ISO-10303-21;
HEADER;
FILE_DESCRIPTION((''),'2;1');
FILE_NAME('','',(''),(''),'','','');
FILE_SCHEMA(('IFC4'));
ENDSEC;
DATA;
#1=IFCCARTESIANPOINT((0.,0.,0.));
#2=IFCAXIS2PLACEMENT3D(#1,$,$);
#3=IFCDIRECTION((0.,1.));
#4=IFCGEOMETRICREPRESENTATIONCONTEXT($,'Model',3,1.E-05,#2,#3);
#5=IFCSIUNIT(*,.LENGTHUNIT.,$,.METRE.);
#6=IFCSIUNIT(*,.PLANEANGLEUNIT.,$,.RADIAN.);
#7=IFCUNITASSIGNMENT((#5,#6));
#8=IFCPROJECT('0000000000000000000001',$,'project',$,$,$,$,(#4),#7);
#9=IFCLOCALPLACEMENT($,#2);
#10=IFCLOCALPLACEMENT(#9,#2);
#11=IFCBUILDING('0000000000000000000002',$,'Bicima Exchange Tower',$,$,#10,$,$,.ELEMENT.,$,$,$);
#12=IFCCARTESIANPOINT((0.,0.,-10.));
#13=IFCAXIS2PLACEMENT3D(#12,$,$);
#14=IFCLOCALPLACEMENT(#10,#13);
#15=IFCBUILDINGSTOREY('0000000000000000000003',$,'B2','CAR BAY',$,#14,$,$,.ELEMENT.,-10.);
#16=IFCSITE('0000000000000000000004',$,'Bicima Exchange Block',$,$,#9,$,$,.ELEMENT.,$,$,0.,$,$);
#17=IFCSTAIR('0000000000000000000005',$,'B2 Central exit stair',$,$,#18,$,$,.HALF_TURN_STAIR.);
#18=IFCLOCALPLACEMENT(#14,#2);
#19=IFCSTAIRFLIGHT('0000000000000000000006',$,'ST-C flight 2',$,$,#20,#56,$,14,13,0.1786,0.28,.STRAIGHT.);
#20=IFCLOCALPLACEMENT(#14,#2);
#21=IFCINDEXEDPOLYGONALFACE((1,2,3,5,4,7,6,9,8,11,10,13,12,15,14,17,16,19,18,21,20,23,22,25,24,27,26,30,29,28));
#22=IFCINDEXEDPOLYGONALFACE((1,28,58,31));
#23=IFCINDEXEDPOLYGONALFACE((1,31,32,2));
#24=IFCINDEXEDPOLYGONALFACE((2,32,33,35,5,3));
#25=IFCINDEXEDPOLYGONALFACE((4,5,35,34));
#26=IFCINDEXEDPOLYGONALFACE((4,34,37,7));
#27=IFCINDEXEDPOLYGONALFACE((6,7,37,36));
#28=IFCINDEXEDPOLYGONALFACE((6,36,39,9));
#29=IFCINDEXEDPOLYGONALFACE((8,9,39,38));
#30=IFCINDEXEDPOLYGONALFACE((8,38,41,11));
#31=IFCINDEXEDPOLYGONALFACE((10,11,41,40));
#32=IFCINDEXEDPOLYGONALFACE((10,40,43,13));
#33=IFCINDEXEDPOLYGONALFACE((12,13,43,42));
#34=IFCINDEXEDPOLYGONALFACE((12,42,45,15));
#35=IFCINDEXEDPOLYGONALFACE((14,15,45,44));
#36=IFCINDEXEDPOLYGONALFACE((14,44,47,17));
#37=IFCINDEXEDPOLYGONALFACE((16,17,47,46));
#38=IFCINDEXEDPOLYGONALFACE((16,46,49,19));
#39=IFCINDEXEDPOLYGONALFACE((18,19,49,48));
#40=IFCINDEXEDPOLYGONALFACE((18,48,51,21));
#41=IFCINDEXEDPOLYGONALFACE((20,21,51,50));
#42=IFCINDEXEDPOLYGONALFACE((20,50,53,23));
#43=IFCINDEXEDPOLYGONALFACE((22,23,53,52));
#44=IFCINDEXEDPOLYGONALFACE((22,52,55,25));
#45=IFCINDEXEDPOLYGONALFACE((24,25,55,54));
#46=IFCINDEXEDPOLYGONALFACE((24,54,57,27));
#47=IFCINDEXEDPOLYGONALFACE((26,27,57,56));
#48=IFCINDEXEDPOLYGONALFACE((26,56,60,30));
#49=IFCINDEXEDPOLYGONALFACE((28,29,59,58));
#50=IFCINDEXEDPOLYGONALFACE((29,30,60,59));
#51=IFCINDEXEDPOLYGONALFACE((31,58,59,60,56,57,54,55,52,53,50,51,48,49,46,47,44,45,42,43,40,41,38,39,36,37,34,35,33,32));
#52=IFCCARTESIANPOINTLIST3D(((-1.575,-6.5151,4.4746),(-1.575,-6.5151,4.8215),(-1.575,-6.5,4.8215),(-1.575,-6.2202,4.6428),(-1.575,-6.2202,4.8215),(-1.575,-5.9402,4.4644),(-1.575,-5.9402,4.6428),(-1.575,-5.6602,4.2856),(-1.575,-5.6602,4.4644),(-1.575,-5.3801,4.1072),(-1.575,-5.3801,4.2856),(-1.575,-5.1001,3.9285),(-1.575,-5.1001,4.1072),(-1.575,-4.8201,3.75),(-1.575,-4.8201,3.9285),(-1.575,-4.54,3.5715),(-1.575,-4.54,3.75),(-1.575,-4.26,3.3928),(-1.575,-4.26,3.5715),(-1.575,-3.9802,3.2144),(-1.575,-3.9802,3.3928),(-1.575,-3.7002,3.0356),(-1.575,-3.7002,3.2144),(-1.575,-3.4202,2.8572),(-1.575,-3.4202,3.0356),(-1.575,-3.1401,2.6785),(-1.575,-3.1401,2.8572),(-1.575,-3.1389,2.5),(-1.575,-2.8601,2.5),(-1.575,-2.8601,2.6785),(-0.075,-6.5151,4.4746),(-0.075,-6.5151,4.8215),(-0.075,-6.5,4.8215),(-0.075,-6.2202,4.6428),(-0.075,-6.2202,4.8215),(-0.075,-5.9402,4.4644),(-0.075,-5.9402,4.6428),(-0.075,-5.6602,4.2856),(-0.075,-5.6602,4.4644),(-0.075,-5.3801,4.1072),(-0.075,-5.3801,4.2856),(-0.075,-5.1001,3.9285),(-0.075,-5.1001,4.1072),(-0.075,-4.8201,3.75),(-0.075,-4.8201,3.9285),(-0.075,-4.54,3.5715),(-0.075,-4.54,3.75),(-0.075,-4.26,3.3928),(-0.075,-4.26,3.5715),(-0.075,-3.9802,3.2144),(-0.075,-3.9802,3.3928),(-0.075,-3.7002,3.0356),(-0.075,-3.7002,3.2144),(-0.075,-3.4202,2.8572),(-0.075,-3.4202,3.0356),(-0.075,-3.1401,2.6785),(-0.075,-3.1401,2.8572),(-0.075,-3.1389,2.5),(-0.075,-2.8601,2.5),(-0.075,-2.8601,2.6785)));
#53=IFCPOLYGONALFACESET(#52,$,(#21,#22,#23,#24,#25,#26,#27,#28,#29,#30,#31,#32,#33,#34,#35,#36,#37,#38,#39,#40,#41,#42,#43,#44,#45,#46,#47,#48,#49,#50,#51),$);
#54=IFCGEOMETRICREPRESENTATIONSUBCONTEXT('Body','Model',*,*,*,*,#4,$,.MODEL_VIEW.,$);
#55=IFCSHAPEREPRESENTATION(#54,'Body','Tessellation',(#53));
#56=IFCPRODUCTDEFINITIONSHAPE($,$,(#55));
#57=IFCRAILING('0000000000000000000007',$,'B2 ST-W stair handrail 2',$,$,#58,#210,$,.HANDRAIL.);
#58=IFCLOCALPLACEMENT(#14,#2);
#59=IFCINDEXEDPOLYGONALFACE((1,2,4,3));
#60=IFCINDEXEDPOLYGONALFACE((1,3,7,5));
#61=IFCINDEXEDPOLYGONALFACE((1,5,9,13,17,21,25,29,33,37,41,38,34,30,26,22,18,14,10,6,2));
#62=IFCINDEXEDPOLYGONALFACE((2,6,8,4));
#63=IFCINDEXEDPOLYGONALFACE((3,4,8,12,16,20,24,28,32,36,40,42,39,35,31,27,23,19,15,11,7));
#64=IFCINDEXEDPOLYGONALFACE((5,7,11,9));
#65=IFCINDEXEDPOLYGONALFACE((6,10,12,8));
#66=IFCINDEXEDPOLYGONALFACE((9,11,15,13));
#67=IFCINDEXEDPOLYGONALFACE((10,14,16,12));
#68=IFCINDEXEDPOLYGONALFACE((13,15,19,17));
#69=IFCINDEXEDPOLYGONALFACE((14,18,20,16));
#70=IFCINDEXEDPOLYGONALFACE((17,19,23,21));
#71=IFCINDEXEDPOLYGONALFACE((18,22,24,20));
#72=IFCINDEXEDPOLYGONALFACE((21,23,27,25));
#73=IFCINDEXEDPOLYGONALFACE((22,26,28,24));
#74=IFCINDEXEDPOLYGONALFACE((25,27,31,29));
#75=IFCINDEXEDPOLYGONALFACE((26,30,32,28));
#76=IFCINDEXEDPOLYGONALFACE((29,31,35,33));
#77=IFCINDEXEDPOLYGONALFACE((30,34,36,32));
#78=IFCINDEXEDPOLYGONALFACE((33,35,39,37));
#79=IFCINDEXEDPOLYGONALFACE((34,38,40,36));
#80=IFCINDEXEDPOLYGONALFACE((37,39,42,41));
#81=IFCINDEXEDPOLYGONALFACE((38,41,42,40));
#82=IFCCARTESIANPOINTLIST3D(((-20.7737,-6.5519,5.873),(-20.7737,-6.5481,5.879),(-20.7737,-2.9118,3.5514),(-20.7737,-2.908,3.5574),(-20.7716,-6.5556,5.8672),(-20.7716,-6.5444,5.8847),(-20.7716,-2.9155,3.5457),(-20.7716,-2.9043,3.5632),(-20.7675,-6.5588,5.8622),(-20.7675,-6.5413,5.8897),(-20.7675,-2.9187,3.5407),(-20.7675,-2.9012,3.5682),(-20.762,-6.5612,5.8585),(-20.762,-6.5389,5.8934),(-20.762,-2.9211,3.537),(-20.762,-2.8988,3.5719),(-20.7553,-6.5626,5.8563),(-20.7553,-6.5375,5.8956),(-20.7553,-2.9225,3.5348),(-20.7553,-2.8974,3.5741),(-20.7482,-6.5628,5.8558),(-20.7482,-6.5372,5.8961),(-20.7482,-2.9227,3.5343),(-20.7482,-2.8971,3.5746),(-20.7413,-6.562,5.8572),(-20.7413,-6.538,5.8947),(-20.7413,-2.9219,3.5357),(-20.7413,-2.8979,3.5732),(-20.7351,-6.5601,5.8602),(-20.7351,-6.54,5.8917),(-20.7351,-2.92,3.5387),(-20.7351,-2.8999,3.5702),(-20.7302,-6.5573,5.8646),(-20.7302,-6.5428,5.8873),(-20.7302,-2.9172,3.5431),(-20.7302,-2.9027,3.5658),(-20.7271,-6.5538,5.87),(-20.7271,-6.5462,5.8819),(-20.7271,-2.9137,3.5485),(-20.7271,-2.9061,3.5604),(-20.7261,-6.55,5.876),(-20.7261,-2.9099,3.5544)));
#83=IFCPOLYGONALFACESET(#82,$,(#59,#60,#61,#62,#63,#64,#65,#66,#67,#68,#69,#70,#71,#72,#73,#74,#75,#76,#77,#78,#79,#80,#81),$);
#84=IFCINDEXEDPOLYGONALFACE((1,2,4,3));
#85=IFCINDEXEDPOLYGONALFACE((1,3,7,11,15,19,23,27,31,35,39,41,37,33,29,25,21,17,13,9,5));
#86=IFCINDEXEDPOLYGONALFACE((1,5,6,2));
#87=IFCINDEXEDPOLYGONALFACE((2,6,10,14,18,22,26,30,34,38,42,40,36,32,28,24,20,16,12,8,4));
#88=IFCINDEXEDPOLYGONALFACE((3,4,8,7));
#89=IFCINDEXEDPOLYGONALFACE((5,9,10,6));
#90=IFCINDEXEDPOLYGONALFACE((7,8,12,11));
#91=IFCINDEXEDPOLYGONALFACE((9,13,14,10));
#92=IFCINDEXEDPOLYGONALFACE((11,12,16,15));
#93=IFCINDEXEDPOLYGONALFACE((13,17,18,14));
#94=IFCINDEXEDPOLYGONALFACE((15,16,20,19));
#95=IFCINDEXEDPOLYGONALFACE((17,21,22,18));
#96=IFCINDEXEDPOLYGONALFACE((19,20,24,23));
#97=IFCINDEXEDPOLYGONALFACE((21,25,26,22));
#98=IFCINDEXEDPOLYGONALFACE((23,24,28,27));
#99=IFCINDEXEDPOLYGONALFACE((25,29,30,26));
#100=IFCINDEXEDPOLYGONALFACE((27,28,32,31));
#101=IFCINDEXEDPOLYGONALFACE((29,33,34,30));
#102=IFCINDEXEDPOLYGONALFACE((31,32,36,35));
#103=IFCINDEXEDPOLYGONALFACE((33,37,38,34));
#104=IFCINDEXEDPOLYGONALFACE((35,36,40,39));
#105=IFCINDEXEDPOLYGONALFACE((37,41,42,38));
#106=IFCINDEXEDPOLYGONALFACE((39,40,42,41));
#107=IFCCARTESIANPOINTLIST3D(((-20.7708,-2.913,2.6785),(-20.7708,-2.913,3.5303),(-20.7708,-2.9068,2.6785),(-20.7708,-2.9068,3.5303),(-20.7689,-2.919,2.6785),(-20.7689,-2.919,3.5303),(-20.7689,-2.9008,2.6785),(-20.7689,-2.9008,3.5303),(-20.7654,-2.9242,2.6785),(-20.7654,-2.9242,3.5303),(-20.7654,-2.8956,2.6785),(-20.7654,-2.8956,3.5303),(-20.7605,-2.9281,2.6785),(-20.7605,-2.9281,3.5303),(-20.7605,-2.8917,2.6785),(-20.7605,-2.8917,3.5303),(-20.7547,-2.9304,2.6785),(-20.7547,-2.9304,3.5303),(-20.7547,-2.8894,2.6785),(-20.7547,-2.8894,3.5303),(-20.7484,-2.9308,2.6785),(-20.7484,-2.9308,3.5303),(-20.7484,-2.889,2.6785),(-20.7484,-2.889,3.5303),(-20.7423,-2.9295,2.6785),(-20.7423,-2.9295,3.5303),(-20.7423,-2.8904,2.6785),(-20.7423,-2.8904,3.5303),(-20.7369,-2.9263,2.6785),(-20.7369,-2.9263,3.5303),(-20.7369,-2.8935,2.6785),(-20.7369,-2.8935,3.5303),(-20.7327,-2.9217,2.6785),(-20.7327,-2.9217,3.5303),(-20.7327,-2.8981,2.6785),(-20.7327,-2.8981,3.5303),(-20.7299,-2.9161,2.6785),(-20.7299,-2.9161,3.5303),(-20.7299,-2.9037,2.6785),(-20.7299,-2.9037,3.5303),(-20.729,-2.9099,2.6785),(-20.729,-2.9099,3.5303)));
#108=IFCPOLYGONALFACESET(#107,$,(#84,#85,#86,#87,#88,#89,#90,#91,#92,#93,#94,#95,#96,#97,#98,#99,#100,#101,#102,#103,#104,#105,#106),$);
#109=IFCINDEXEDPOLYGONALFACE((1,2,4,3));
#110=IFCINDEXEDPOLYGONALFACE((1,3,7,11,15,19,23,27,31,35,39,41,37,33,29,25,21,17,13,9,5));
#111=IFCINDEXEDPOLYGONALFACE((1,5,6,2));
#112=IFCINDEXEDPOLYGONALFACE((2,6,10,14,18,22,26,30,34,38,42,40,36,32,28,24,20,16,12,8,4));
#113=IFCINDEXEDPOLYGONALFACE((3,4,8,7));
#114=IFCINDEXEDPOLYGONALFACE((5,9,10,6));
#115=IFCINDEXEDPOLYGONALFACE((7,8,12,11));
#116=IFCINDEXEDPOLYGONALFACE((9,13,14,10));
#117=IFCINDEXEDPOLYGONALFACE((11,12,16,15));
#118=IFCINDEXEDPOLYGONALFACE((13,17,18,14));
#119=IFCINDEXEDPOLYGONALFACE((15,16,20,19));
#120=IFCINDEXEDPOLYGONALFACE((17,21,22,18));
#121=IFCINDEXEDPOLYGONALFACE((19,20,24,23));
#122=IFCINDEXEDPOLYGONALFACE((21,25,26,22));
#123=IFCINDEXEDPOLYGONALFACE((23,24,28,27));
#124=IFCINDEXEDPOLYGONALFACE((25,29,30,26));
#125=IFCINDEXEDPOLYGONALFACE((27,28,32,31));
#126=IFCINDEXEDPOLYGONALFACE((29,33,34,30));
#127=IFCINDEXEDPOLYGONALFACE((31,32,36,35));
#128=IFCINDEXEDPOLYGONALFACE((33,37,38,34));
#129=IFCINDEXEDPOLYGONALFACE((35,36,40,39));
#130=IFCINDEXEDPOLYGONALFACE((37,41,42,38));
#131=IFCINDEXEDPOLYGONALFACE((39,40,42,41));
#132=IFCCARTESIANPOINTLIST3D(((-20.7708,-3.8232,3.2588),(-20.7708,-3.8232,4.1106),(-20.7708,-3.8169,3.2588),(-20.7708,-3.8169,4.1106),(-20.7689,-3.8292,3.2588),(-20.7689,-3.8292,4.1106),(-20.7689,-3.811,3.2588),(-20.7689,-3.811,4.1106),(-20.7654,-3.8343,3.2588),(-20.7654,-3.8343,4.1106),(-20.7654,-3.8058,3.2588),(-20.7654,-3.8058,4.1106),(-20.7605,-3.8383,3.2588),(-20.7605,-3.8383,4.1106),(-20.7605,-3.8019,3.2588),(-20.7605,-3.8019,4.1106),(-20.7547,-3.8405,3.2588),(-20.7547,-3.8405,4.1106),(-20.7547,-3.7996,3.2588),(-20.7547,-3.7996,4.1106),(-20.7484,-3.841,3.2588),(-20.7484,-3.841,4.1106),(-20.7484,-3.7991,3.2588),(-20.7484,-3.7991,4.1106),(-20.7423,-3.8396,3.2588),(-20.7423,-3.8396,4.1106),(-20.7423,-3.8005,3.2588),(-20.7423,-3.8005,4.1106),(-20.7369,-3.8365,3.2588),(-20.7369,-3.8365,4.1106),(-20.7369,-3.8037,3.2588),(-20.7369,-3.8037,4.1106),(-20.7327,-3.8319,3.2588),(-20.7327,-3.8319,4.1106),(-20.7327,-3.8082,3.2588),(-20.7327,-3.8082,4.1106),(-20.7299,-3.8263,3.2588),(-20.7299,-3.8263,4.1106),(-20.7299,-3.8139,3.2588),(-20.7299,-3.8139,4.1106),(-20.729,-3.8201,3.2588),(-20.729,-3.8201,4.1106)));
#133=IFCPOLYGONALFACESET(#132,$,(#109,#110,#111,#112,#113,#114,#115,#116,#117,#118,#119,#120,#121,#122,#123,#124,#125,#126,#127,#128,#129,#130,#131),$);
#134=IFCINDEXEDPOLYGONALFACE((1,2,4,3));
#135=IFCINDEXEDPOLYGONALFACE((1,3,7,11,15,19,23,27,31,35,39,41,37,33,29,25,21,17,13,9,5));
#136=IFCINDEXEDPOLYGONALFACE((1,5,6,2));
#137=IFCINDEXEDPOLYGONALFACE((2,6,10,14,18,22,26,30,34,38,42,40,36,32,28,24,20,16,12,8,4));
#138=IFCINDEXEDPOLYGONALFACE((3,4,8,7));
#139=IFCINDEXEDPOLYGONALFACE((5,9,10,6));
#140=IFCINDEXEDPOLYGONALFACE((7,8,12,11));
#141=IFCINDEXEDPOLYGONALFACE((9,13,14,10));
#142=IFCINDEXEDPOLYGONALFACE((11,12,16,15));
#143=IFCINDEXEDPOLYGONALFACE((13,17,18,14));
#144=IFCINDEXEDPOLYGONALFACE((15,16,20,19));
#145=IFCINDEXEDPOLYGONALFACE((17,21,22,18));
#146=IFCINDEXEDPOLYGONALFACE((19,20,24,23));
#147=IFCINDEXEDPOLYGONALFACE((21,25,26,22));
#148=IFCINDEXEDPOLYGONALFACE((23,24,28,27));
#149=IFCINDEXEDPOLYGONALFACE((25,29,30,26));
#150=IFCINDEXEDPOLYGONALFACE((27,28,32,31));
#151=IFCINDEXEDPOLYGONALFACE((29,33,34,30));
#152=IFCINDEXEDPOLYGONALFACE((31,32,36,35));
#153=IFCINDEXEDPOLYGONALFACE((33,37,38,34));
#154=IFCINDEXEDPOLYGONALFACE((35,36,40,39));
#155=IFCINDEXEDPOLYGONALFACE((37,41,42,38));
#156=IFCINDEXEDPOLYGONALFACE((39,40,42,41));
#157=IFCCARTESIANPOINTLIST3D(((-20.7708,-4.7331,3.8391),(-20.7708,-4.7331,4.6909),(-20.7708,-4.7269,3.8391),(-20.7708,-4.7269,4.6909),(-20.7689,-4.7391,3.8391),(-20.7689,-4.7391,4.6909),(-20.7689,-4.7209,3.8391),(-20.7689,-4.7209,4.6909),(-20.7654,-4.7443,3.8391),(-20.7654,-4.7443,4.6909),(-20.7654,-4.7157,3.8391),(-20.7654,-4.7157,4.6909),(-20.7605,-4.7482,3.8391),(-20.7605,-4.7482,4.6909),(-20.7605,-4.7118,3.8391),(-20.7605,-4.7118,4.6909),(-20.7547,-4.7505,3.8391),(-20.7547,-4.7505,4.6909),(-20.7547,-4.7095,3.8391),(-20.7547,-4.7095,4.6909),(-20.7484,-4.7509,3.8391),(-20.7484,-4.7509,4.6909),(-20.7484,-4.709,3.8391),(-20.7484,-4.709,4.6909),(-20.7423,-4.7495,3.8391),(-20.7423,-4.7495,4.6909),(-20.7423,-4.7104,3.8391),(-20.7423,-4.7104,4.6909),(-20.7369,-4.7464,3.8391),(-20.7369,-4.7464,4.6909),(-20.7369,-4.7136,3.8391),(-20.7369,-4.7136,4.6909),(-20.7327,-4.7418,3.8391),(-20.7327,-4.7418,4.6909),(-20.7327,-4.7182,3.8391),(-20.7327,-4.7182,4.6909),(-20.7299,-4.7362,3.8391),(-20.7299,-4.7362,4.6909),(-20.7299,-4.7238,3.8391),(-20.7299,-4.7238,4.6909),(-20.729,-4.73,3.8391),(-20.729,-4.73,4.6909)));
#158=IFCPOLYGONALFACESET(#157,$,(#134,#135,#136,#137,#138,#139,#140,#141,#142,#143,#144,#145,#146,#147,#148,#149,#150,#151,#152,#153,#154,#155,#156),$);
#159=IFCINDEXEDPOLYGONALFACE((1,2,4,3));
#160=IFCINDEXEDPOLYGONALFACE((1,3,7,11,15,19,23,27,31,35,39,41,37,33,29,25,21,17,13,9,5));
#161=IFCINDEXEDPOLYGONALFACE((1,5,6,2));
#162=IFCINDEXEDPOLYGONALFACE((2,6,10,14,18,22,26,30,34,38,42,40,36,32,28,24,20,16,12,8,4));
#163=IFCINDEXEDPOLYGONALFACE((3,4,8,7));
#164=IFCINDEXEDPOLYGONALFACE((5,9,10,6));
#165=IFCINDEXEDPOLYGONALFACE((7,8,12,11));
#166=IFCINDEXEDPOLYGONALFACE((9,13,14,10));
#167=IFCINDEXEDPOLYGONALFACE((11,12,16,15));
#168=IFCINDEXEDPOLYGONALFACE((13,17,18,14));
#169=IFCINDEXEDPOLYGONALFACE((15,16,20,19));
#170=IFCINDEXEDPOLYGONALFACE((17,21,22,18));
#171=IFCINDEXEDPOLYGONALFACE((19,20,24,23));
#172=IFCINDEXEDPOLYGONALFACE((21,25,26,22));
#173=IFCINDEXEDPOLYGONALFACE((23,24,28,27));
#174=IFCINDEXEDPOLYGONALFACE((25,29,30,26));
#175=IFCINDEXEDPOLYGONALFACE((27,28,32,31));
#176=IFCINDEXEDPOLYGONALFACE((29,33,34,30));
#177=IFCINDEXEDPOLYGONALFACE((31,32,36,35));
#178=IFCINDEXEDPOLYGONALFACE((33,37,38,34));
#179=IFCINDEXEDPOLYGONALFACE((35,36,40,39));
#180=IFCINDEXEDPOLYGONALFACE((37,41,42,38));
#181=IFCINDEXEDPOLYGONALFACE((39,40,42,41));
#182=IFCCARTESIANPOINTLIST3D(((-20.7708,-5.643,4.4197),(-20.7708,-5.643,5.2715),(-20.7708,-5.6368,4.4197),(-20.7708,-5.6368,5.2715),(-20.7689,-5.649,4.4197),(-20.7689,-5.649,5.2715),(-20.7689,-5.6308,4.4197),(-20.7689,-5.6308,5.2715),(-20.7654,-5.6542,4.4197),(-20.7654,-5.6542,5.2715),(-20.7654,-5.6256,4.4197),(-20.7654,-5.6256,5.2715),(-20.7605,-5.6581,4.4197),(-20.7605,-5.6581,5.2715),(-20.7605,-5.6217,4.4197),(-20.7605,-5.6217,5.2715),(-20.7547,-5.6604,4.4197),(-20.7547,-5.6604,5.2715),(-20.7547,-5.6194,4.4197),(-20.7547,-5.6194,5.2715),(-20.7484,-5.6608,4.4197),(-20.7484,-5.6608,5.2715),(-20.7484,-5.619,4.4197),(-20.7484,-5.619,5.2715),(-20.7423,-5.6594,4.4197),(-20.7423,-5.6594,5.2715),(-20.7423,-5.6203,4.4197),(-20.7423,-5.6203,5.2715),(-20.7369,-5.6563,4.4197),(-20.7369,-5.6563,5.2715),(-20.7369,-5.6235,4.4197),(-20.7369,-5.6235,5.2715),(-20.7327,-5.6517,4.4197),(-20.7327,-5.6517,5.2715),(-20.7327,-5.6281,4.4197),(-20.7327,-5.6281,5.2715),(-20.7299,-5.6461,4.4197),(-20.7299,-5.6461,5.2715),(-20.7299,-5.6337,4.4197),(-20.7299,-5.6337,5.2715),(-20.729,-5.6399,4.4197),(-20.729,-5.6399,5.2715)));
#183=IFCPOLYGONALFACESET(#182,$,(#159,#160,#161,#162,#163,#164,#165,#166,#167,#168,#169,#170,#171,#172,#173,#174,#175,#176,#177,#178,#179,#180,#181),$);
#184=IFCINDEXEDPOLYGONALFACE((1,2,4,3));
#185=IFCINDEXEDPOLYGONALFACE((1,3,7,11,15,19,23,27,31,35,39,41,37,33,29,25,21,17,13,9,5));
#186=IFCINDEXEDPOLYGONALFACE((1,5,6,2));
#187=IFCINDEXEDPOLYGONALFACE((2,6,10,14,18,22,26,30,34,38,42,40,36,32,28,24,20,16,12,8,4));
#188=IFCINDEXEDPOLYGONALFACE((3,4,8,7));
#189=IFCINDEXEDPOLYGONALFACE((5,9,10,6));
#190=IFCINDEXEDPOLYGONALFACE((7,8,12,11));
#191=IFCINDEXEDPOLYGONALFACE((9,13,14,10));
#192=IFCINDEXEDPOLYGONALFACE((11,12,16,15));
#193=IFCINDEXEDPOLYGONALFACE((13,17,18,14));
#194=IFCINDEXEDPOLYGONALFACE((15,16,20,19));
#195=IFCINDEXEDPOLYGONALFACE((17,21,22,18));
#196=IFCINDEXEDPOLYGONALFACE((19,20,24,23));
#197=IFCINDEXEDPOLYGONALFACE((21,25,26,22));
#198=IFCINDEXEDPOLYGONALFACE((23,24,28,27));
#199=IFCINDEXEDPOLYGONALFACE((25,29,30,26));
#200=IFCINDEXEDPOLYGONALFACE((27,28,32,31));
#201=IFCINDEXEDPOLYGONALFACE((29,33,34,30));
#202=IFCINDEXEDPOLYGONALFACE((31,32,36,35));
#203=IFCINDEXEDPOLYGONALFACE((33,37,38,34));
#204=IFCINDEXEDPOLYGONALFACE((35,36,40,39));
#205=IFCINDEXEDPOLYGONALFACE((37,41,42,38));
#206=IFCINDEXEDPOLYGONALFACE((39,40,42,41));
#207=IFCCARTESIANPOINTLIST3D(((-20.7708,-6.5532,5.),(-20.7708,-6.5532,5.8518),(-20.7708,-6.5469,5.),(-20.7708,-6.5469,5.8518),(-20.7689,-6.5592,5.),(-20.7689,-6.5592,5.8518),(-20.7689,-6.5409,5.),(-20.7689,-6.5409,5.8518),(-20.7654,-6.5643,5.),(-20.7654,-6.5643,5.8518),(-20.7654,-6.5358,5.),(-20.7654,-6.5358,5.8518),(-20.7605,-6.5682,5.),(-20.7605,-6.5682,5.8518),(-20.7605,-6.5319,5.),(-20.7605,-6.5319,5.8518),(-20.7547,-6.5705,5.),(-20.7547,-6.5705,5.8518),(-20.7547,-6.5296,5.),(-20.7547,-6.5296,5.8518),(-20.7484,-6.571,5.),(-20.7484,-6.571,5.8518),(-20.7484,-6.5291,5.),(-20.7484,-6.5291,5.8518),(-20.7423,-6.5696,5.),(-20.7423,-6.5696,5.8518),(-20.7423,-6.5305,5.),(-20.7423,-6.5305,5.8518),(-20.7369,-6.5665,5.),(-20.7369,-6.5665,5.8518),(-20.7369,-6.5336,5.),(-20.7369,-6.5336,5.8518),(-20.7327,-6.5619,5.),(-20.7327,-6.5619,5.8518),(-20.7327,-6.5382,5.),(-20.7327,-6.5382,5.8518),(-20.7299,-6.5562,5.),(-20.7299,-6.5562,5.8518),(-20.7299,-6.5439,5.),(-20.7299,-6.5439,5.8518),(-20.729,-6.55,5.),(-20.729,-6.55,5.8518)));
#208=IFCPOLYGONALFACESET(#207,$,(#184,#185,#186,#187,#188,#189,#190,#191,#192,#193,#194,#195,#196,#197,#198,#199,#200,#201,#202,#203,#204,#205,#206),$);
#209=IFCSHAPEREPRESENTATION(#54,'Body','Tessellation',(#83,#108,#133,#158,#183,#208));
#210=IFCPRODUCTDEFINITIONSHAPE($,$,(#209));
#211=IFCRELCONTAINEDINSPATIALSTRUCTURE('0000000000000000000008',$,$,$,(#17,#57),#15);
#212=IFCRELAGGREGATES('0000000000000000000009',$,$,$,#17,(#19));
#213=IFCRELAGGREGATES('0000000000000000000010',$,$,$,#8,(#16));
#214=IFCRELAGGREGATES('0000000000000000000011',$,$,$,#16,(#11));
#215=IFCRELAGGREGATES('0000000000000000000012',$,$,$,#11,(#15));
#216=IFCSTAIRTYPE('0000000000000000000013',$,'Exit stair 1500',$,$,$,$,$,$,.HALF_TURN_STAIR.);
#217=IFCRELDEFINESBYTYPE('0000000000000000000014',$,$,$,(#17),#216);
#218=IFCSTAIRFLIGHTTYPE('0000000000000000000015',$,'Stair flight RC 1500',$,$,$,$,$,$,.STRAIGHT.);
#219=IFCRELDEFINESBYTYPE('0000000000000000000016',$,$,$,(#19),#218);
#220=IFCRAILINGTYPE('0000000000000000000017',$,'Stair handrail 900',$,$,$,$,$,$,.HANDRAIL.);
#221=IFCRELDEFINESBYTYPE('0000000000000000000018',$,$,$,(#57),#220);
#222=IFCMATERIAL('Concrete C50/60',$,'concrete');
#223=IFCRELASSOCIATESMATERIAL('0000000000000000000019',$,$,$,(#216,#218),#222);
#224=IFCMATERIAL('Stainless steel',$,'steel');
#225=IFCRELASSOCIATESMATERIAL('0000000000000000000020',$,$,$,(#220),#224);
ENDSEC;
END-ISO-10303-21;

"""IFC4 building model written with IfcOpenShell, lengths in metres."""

from ifc_helpers import new_model, si_unit, direction, frame, origin, origin_2d, place, context, subcontext, project, spatial, polyline, circle, outline, extrude, material, type_object, element, aggregate, save


model = new_model("IFC4")

# Units and contexts
model_context = context("Model", 3, precision=1e-05, world=origin(), true_north=direction((0.0, 1.0)))
body_context = subcontext(model_context, "Body", "Model", "MODEL_VIEW")
ifc_project = project(units=[si_unit("LENGTHUNIT", "METRE"), si_unit("PLANEANGLEUNIT", "RADIAN")], contexts=[model_context])

# Site, building, storey
site_placement = place(None, origin())
site = spatial("IfcSite", under=ifc_project, at=site_placement, Name="Bicima Exchange Block", CompositionType="ELEMENT", RefElevation=0.0)
building_placement = place(site_placement, origin())
building = spatial("IfcBuilding", under=site, at=building_placement, Name="Bicima Exchange Tower", CompositionType="ELEMENT")
storey_placement = place(building_placement, frame((0.0, 0.0, -10.0)))
storey = spatial("IfcBuildingStorey", under=building, at=storey_placement, Name="B2", Description="CAR BAY", CompositionType="ELEMENT", Elevation=-10.0)

# Shared definitions
ifc_material_1 = material(Name="Stainless steel", Category="steel")

# Stair, stair flight
ifc_material_2 = material(Name="Concrete C50/60", Category="concrete")
stair_type_1 = type_object("IfcStairType", Name="Exit stair 1500", PredefinedType="HALF_TURN_STAIR", material=ifc_material_2)
stair_1_placement = place(storey_placement, origin())
stair_1 = element("IfcStair", 1, at=stair_1_placement, inside=storey, type_object=stair_type_1, Name="B2 Central exit stair", PredefinedType="HALF_TURN_STAIR")
stair_flight_type_1 = type_object("IfcStairFlightType", Name="Stair flight RC 1500", PredefinedType="STRAIGHT", material=ifc_material_2)
stair_flight_1_placement = place(storey_placement, frame((-0.825, -2.8601, 2.5), z_axis=(0.0, 0.0, 1.0), x_axis=(0.0, -1.0, 0.0)))
stair_flight_1 = element("IfcStairFlight", 2, at=stair_flight_1_placement, type_object=stair_flight_type_1, Name="ST-C flight 2", NumberOfRisers=14, NumberOfTreads=13, PredefinedType="STRAIGHT", RiserHeight=0.1786, TreadLength=0.28, context=body_context, shape_type="SweptSolid", body=[
    extrude(outline(polyline([(0.0, 0.0), (0.0, 0.1785), (0.28, 0.1785), (0.28, 0.3572), (0.5601, 0.3572), (0.5601, 0.5356), (0.8401, 0.5356), (0.8401, 0.7144), (1.1201, 0.7144), (1.1201, 0.8928), (1.3999, 0.8928), (1.3999, 1.0715), (1.6799, 1.0715), (1.6799, 1.25), (1.96, 1.25), (1.96, 1.4285), (2.24, 1.4285), (2.24, 1.6072), (2.52, 1.6072), (2.52, 1.7856), (2.8, 1.7856), (2.8, 1.9644), (3.0801, 1.9644), (3.0801, 2.1428), (3.3601, 2.1428), (3.3601, 2.3215), (3.6399, 2.3215), (3.655, 2.3215), (3.655, 1.9746), (0.2788, 0.0), (0.0, 0.0)])), frame((0.0, 0.75, 0.0), z_axis=(0.0, -1.0, 0.0), x_axis=(1.0, 0.0, 0.0)), (0.0, 0.0, 1.0), 1.5),
])
aggregate(stair_1, [stair_flight_1])

# Railing
railing_type = type_object("IfcRailingType", Name="Stair handrail 900", PredefinedType="HANDRAIL", material=ifc_material_1)
railing_1_placement = place(storey_placement, frame((-20.75, -2.9099, 2.6785)))
element("IfcRailing", 3, at=railing_1_placement, inside=storey, type_object=railing_type, Name="B2 ST-W stair handrail 2", PredefinedType="HANDRAIL", context=body_context, shape_type="SweptSolid", body=[
    extrude(circle(Radius=0.0239, at=origin_2d()), frame((0.0, 0.0, 0.876), z_axis=(0.0, -0.843128, 0.537713), x_axis=(1.0, 0.0, 0.0)), (0.0, 0.0, 1.0), 4.3174),
    extrude(circle(Radius=0.021, at=origin_2d()), origin(), (0.0, 0.0, 1.0), 0.8518),
    extrude(circle(Radius=0.021, at=origin_2d()), frame((0.0, -0.9102, 0.5803)), (0.0, 0.0, 1.0), 0.8518),
    extrude(circle(Radius=0.021, at=origin_2d()), frame((0.0, -1.8201, 1.1606)), (0.0, 0.0, 1.0), 0.8518),
    extrude(circle(Radius=0.021, at=origin_2d()), frame((0.0, -2.73, 1.7412)), (0.0, 0.0, 1.0), 0.8518),
    extrude(circle(Radius=0.021, at=origin_2d()), frame((0.0, -3.6401, 2.3215)), (0.0, 0.0, 1.0), 0.8518),
])

save(model, "model.ifc")
